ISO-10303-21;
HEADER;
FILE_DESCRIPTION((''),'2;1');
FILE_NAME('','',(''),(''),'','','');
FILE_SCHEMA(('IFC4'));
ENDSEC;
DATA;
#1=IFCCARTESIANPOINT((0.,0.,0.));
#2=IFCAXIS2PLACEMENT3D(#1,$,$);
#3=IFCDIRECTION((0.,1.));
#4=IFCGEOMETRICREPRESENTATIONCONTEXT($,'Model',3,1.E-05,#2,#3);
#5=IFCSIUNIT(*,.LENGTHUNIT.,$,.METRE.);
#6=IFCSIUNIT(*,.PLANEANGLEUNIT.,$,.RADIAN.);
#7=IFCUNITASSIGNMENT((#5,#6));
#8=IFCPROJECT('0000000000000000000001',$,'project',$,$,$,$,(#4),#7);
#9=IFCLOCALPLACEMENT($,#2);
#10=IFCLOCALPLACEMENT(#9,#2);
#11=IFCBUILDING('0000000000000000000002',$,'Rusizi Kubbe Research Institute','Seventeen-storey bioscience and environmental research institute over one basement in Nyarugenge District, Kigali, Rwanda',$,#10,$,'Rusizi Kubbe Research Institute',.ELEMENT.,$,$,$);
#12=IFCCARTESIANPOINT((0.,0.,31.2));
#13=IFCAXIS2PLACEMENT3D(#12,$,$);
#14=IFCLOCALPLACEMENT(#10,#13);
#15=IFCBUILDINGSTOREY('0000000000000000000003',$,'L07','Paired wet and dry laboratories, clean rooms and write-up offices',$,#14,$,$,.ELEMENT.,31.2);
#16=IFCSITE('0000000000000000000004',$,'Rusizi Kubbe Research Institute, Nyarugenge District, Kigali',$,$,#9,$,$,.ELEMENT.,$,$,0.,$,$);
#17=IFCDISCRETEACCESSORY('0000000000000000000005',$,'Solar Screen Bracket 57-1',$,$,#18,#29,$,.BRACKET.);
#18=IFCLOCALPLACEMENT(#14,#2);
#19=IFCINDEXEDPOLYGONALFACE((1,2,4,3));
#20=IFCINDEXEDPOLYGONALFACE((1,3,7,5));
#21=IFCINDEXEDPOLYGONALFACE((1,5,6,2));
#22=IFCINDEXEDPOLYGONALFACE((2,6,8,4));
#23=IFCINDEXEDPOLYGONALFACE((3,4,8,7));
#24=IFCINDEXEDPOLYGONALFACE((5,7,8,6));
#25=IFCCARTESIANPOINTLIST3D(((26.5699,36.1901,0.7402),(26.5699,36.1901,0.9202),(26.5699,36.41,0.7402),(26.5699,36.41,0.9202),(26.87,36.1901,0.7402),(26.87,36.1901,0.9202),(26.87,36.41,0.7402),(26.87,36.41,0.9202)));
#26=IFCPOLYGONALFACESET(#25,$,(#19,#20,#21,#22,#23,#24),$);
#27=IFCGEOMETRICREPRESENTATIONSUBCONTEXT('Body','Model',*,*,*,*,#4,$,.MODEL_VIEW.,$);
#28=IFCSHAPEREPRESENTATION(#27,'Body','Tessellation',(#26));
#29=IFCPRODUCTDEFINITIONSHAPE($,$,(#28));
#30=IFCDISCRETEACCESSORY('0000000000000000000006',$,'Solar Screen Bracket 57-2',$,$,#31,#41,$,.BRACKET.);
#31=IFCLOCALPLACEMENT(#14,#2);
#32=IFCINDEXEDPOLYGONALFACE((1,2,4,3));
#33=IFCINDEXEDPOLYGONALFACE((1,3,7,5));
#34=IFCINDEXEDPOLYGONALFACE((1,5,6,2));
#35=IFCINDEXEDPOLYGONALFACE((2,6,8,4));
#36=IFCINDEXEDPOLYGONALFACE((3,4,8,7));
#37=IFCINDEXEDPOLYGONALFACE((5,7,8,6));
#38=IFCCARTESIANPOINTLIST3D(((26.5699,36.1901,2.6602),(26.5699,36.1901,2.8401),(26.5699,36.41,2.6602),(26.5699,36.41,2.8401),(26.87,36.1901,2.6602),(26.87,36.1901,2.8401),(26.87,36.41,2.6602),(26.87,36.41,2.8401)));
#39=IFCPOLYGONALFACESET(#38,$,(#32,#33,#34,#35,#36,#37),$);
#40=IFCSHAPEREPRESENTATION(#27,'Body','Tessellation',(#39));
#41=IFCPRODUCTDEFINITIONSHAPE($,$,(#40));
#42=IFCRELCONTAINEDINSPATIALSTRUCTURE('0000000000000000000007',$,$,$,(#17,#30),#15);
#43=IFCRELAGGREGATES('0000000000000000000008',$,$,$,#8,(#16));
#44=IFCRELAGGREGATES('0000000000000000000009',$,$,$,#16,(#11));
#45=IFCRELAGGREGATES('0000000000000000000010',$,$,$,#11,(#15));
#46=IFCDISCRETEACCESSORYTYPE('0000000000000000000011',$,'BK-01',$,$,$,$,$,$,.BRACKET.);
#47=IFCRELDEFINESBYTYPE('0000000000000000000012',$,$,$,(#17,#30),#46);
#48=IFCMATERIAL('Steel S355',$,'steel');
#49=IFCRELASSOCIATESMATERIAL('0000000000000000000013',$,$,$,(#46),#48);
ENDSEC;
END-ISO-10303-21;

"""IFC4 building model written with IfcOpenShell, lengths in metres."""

from ifc_helpers import new_model, si_unit, direction, frame, origin, origin_2d, place, context, subcontext, project, spatial, rectangle, extrude, material, type_object, element, save


model = new_model("IFC4")

# Units and contexts
model_context = context("Model", 3, precision=1e-05, world=origin(), true_north=direction((0.0, 1.0)))
body_context = subcontext(model_context, "Body", "Model", "MODEL_VIEW")
ifc_project = project(units=[si_unit("LENGTHUNIT", "METRE"), si_unit("PLANEANGLEUNIT", "RADIAN")], contexts=[model_context])

# Site, building, storey
site_placement = place(None, origin())
site = spatial("IfcSite", under=ifc_project, at=site_placement, Name="Rusizi Kubbe Research Institute, Nyarugenge District, Kigali", CompositionType="ELEMENT", RefElevation=0.0)
building_placement = place(site_placement, origin())
building = spatial("IfcBuilding", under=site, at=building_placement, Name="Rusizi Kubbe Research Institute", Description="Seventeen-storey bioscience and environmental research institute over one basement in Nyarugenge District, Kigali, Rwanda", LongName="Rusizi Kubbe Research Institute", CompositionType="ELEMENT")
storey_placement = place(building_placement, frame((0.0, 0.0, 31.2)))
storey = spatial("IfcBuildingStorey", under=building, at=storey_placement, Name="L07", Description="Paired wet and dry laboratories, clean rooms and write-up offices", CompositionType="ELEMENT", Elevation=31.2)

# Discrete accessories
ifc_material_1 = material(Name="Steel S355", Category="steel")
discrete_accessory_type = type_object("IfcDiscreteAccessoryType", Name="BK-01", PredefinedType="BRACKET", material=ifc_material_1)
for number, where, z_axis, x_axis, name in (
    (1, (26.72, 36.3, 0.7402), (0.0, 0.0, 1.0), (1.0, 0.0, 0.0), "Solar Screen Bracket 57-1"),
    (2, (26.72, 36.3, 2.6602), (0.0, 0.0, 1.0), (1.0, 0.0, 0.0), "Solar Screen Bracket 57-2"),
):
    element("IfcDiscreteAccessory", number, at=place(storey_placement, frame(where, z_axis=z_axis, x_axis=x_axis)), inside=storey, type_object=discrete_accessory_type, Name=name, PredefinedType="BRACKET", context=body_context, shape_type="SweptSolid", body=[
        extrude(rectangle(XDim=0.3, YDim=0.22, at=origin_2d()), origin(), (0.0, 0.0, 1.0), 0.1799),
    ])

save(model, "model.ifc")
